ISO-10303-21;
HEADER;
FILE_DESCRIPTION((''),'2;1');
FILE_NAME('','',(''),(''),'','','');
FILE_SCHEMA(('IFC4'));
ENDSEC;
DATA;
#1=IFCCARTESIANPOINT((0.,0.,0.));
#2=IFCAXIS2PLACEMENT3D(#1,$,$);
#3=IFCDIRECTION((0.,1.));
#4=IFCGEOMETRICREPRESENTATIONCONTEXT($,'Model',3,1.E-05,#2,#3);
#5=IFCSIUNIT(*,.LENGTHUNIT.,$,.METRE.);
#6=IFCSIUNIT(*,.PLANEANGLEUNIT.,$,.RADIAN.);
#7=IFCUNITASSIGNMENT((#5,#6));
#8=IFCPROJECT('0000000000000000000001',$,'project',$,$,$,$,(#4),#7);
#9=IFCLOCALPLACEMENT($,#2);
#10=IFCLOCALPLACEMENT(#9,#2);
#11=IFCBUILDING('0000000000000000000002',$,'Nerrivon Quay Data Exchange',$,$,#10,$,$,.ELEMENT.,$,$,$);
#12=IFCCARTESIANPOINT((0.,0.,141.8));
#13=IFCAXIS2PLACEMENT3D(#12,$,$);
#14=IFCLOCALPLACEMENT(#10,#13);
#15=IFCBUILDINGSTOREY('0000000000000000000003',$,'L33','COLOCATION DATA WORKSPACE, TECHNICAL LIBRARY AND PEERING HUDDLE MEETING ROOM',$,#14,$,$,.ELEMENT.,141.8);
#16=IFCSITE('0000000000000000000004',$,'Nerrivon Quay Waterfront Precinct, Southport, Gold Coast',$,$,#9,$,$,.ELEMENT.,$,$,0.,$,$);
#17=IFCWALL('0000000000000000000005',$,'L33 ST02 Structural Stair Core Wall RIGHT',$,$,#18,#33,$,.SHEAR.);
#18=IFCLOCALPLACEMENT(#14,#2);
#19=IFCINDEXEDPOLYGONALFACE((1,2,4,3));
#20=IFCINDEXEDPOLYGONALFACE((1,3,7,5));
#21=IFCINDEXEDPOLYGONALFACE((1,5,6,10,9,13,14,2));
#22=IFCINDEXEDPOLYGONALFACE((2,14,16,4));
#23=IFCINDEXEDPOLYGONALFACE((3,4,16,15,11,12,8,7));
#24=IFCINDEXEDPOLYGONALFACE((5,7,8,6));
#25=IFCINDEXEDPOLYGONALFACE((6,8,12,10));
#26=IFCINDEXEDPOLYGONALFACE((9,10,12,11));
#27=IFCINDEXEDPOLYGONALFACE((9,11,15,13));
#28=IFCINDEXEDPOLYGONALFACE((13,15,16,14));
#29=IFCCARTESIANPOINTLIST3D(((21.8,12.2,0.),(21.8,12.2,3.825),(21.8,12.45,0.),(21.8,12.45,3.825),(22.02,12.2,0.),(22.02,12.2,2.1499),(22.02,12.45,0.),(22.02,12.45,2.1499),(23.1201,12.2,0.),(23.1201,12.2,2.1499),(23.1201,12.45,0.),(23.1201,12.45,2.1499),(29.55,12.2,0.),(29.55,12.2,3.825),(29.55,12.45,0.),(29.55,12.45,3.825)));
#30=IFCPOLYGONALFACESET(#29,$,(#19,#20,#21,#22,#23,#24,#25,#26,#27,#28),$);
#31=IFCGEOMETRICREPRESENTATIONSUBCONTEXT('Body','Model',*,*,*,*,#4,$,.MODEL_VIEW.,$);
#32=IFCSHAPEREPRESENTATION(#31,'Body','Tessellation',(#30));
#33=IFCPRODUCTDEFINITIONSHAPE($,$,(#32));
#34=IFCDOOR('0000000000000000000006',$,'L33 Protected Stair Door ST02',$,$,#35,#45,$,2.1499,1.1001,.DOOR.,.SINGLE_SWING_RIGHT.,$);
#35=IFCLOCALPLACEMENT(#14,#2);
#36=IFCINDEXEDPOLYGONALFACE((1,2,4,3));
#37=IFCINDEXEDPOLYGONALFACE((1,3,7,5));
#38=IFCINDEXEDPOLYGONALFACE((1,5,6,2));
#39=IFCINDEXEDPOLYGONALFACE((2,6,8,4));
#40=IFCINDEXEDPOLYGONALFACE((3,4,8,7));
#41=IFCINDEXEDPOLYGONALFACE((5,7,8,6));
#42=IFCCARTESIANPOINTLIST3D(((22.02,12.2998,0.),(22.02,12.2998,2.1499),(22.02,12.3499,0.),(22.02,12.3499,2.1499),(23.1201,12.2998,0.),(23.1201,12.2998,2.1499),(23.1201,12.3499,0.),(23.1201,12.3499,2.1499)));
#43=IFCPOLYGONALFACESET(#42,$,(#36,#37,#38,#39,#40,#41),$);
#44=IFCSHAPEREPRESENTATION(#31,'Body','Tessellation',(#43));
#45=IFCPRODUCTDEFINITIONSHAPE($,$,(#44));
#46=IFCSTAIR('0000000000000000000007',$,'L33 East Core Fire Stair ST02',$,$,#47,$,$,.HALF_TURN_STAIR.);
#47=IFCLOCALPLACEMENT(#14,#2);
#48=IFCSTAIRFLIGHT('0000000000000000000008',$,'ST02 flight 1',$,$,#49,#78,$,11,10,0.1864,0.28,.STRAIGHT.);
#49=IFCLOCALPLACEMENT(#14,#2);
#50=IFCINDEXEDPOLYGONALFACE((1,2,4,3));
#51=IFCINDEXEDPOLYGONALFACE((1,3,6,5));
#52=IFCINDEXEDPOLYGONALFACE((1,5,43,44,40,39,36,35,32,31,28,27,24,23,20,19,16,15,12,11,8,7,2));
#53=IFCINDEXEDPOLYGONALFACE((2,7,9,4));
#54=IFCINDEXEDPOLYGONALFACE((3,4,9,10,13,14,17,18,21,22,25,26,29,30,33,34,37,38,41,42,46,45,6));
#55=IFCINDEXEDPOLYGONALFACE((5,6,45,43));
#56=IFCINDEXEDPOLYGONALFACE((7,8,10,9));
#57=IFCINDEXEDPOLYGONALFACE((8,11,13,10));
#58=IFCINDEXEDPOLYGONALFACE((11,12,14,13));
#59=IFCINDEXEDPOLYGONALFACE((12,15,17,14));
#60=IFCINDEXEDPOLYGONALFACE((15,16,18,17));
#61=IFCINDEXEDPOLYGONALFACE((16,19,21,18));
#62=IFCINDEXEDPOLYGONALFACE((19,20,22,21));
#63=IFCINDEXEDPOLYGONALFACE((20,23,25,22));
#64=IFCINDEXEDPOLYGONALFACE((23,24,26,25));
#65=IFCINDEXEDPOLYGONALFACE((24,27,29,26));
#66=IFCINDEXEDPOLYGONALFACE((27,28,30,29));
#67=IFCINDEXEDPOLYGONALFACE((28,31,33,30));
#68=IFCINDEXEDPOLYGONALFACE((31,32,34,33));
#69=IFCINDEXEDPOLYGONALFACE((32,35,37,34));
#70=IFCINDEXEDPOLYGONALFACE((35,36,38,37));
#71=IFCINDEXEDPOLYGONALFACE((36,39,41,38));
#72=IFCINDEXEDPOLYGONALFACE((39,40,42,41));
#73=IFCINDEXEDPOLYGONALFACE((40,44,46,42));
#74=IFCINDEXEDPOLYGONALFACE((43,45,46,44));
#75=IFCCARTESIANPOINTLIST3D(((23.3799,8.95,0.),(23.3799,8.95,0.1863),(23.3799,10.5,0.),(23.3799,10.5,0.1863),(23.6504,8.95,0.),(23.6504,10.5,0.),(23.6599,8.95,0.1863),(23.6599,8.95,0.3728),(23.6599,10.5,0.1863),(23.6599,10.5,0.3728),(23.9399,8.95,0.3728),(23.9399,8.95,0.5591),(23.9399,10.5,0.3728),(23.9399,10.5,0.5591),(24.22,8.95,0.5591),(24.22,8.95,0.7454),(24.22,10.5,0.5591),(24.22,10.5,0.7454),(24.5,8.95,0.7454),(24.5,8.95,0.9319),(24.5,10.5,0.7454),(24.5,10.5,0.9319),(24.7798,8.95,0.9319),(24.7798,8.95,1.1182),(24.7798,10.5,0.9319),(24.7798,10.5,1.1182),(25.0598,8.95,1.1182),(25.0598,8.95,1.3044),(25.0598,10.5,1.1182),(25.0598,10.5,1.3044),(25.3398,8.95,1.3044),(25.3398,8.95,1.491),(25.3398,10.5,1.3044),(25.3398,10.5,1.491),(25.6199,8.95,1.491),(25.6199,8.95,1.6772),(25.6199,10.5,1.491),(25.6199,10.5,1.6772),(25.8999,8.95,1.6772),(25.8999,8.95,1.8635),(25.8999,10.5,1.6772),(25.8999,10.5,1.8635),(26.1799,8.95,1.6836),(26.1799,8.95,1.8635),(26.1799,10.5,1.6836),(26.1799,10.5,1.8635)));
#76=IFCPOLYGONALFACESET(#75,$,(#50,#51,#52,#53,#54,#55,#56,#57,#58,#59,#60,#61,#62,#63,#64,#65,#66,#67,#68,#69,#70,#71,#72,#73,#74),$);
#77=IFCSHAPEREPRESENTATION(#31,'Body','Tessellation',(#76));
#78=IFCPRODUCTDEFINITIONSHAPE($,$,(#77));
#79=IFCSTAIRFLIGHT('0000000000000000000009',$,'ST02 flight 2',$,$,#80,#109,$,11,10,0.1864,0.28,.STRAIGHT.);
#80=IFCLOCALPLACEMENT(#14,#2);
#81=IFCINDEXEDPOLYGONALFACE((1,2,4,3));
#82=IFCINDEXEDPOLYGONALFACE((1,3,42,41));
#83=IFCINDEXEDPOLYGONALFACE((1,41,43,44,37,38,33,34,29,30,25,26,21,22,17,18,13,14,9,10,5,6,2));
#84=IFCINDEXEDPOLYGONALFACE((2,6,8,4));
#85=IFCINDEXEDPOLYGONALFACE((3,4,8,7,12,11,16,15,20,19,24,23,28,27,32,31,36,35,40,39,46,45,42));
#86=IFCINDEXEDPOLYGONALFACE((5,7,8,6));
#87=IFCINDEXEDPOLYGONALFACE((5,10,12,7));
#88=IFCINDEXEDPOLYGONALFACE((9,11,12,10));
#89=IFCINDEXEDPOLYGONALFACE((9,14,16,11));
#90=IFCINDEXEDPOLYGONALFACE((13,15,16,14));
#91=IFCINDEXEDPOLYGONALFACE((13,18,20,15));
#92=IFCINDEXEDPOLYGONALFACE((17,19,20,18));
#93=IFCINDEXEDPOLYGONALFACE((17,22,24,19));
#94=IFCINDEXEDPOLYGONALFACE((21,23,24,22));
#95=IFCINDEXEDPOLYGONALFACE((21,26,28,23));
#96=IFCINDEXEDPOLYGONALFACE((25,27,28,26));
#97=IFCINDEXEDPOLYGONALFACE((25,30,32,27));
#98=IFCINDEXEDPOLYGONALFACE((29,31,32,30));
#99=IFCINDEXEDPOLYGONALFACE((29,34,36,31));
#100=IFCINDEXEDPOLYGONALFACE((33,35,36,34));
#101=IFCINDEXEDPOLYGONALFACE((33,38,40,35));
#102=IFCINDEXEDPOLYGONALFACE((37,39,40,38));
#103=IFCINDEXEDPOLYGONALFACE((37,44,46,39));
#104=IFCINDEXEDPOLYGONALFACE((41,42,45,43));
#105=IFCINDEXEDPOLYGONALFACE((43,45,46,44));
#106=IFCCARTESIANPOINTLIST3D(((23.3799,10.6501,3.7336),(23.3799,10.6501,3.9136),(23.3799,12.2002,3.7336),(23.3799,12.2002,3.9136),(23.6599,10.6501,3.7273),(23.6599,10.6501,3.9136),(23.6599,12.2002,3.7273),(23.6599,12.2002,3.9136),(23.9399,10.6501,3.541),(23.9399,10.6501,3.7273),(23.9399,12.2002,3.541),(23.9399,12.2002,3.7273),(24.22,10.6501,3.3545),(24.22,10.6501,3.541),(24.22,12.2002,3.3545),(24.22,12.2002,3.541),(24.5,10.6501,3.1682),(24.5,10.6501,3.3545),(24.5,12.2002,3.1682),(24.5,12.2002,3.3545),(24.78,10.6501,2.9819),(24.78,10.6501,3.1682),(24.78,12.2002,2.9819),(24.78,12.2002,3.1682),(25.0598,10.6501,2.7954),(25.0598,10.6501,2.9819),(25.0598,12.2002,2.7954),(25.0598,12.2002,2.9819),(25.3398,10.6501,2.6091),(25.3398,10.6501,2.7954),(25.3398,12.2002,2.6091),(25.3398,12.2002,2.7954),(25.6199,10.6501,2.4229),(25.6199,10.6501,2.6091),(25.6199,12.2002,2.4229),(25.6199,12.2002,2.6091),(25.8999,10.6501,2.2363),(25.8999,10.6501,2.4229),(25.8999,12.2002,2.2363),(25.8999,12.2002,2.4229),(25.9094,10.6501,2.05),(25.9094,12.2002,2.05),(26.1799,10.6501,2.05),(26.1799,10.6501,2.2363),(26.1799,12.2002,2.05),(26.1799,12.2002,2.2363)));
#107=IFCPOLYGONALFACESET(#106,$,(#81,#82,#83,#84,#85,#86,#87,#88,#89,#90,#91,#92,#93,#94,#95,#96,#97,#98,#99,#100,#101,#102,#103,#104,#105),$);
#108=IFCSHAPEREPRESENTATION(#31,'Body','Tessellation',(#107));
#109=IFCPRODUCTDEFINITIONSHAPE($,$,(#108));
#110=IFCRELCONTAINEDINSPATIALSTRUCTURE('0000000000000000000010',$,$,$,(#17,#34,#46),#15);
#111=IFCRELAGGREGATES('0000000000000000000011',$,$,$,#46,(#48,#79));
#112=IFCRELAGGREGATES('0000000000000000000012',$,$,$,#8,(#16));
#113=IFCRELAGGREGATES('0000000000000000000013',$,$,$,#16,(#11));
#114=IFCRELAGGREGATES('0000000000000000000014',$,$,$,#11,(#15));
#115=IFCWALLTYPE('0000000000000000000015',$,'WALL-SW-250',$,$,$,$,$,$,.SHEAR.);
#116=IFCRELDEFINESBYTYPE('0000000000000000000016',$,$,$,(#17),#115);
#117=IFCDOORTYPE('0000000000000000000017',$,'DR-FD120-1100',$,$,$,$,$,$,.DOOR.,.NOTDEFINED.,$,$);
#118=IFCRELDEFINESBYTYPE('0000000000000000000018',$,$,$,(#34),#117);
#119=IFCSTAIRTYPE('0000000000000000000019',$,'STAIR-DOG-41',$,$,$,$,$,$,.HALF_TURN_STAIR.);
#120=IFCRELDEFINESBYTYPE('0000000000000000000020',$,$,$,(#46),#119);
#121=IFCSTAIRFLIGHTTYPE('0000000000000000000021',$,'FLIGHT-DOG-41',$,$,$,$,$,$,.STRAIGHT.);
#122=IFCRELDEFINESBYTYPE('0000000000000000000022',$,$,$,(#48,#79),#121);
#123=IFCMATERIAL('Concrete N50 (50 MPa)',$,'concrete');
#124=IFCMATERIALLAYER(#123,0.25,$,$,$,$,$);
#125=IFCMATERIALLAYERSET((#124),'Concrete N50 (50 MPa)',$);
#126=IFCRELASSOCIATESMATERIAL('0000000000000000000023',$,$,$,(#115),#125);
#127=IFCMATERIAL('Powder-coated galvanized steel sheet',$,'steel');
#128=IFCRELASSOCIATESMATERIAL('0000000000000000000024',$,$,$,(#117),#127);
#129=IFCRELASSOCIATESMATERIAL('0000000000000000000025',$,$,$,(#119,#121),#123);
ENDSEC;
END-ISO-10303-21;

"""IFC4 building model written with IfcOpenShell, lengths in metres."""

from ifc_helpers import new_model, si_unit, direction, frame, frame_2d, origin, place, context, subcontext, project, spatial, polyline, rectangle, outline, extrude, material, layer, layer_set, type_object, element, fill, aggregate, save


model = new_model("IFC4")

# Units and contexts
model_context = context("Model", 3, precision=1e-05, world=origin(), true_north=direction((0.0, 1.0)))
body_context = subcontext(model_context, "Body", "Model", "MODEL_VIEW")
ifc_project = project(units=[si_unit("LENGTHUNIT", "METRE"), si_unit("PLANEANGLEUNIT", "RADIAN")], contexts=[model_context])

# Site, building, storey
site_placement = place(None, origin())
site = spatial("IfcSite", under=ifc_project, at=site_placement, Name="Nerrivon Quay Waterfront Precinct, Southport, Gold Coast", CompositionType="ELEMENT", RefElevation=0.0)
building_placement = place(site_placement, origin())
building = spatial("IfcBuilding", under=site, at=building_placement, Name="Nerrivon Quay Data Exchange", CompositionType="ELEMENT")
storey_placement = place(building_placement, frame((0.0, 0.0, 141.8)))
storey = spatial("IfcBuildingStorey", under=building, at=storey_placement, Name="L33", Description="COLOCATION DATA WORKSPACE, TECHNICAL LIBRARY AND PEERING HUDDLE MEETING ROOM", CompositionType="ELEMENT", Elevation=141.8)

# Shared definitions
ifc_material_1 = material(Name="Powder-coated galvanized steel sheet", Category="steel")

# Wall, opening, door
ifc_material_2 = material(Name="Concrete N50 (50 MPa)", Category="concrete")
ifc_layer_1 = layer(ifc_material_2, 0.25)
ifc_layer_set_1 = layer_set([ifc_layer_1], Name="Concrete N50 (50 MPa)")
wall_type_1 = type_object("IfcWallType", Name="WALL-SW-250", PredefinedType="SHEAR", material=ifc_layer_set_1)
wall_1_placement = place(storey_placement, frame((21.8, 12.325, 0.0), z_axis=(0.0, 0.0, 1.0), x_axis=(1.0, 0.0, 0.0)))
wall_1 = element("IfcWall", 1, at=wall_1_placement, inside=storey, type_object=wall_type_1, Name="L33 ST02 Structural Stair Core Wall RIGHT", PredefinedType="SHEAR", context=body_context, shape_type="SweptSolid", body=[
    extrude(rectangle(XDim=7.75, YDim=0.25, at=frame_2d((3.875, 0.0))), origin(), (0.0, 0.0, 1.0), 3.825),
])
opening_1_placement = place(wall_1_placement, frame((0.22, 0.0, 0.0)))
opening_1 = element("IfcOpeningElement", 2, at=opening_1_placement, cuts=wall_1, PredefinedType="OPENING", context=body_context, shape_type="SweptSolid", body=[
    extrude(rectangle(XDim=1.1001, YDim=2.1499, at=frame_2d((0.55, 1.075))), frame((0.0, 0.135, 0.0), z_axis=(0.0, -1.0, 0.0), x_axis=(1.0, 0.0, 0.0)), (0.0, 0.0, 1.0), 0.27),
])
door_type_1 = type_object("IfcDoorType", Name="DR-FD120-1100", OperationType="NOTDEFINED", PredefinedType="DOOR", material=ifc_material_1)
door_1_placement = place(opening_1_placement, origin())
door_1 = element("IfcDoor", 3, at=door_1_placement, inside=storey, type_object=door_type_1, Name="L33 Protected Stair Door ST02", OperationType="SINGLE_SWING_RIGHT", OverallHeight=2.1499, OverallWidth=1.1001, PredefinedType="DOOR", context=body_context, shape_type="SweptSolid", body=[
    extrude(rectangle(XDim=1.1001, YDim=2.1499, at=frame_2d((0.55, 1.075))), frame((0.0, 0.0249, 0.0), z_axis=(0.0, -1.0, 0.0), x_axis=(1.0, 0.0, 0.0)), (0.0, 0.0, 1.0), 0.05),
])
fill(opening_1, door_1)

# Stair, stair flights
stair_type = type_object("IfcStairType", Name="STAIR-DOG-41", PredefinedType="HALF_TURN_STAIR", material=ifc_material_2)
stair_placement = place(storey_placement, origin())
stair = element("IfcStair", 4, at=stair_placement, inside=storey, type_object=stair_type, Name="L33 East Core Fire Stair ST02", PredefinedType="HALF_TURN_STAIR")
stair_flight_type = type_object("IfcStairFlightType", Name="FLIGHT-DOG-41", PredefinedType="STRAIGHT", material=ifc_material_2)
stair_flight_1_placement = place(storey_placement, frame((23.3799, 9.7251, 0.0), z_axis=(0.0, 0.0, 1.0), x_axis=(1.0, 0.0, 0.0)))
stair_flight_1 = element("IfcStairFlight", 5, at=stair_flight_1_placement, type_object=stair_flight_type, Name="ST02 flight 1", NumberOfRisers=11, NumberOfTreads=10, PredefinedType="STRAIGHT", RiserHeight=0.1864, TreadLength=0.28, context=body_context, shape_type="SweptSolid", body=[
    extrude(outline(polyline([(0.0, 0.0), (0.0, 0.1863), (0.28, 0.1863), (0.28, 0.3728), (0.5601, 0.3728), (0.5601, 0.5591), (0.8401, 0.5591), (0.8401, 0.7454), (1.1201, 0.7454), (1.1201, 0.9319), (1.3999, 0.9319), (1.3999, 1.1182), (1.6799, 1.1182), (1.6799, 1.3044), (1.96, 1.3044), (1.96, 1.491), (2.24, 1.491), (2.24, 1.6772), (2.52, 1.6772), (2.52, 1.8635), (2.8, 1.8635), (2.8, 2.05), (2.8, 1.6836), (0.2705, 0.0), (0.0, 0.0)])), frame((0.0, 0.7749, 0.0), z_axis=(0.0, -1.0, 0.0), x_axis=(1.0, 0.0, 0.0)), (0.0, 0.0, 1.0), 1.55),
])
stair_flight_2_placement = place(storey_placement, frame((26.1799, 11.425, 2.05), z_axis=(0.0, 0.0, 1.0), x_axis=(-1.0, 0.0, 0.0)))
stair_flight_2 = element("IfcStairFlight", 6, at=stair_flight_2_placement, type_object=stair_flight_type, Name="ST02 flight 2", NumberOfRisers=11, NumberOfTreads=10, PredefinedType="STRAIGHT", RiserHeight=0.1864, TreadLength=0.28, context=body_context, shape_type="SweptSolid", body=[
    extrude(outline(polyline([(0.0, 0.0), (0.0, 0.1863), (0.28, 0.1863), (0.28, 0.3728), (0.5601, 0.3728), (0.5601, 0.5591), (0.8401, 0.5591), (0.8401, 0.7454), (1.1201, 0.7454), (1.1201, 0.9319), (1.3999, 0.9319), (1.3999, 1.1182), (1.6799, 1.1182), (1.6799, 1.3044), (1.96, 1.3044), (1.96, 1.491), (2.24, 1.491), (2.24, 1.6772), (2.52, 1.6772), (2.52, 1.8635), (2.8, 1.8635), (2.8, 2.05), (2.8, 1.6836), (0.2705, 0.0), (0.0, 0.0)])), frame((0.0, 0.7749, 0.0), z_axis=(0.0, -1.0, 0.0), x_axis=(1.0, 0.0, 0.0)), (0.0, 0.0, 1.0), 1.55),
])
aggregate(stair, [stair_flight_1, stair_flight_2])

save(model, "model.ifc")
